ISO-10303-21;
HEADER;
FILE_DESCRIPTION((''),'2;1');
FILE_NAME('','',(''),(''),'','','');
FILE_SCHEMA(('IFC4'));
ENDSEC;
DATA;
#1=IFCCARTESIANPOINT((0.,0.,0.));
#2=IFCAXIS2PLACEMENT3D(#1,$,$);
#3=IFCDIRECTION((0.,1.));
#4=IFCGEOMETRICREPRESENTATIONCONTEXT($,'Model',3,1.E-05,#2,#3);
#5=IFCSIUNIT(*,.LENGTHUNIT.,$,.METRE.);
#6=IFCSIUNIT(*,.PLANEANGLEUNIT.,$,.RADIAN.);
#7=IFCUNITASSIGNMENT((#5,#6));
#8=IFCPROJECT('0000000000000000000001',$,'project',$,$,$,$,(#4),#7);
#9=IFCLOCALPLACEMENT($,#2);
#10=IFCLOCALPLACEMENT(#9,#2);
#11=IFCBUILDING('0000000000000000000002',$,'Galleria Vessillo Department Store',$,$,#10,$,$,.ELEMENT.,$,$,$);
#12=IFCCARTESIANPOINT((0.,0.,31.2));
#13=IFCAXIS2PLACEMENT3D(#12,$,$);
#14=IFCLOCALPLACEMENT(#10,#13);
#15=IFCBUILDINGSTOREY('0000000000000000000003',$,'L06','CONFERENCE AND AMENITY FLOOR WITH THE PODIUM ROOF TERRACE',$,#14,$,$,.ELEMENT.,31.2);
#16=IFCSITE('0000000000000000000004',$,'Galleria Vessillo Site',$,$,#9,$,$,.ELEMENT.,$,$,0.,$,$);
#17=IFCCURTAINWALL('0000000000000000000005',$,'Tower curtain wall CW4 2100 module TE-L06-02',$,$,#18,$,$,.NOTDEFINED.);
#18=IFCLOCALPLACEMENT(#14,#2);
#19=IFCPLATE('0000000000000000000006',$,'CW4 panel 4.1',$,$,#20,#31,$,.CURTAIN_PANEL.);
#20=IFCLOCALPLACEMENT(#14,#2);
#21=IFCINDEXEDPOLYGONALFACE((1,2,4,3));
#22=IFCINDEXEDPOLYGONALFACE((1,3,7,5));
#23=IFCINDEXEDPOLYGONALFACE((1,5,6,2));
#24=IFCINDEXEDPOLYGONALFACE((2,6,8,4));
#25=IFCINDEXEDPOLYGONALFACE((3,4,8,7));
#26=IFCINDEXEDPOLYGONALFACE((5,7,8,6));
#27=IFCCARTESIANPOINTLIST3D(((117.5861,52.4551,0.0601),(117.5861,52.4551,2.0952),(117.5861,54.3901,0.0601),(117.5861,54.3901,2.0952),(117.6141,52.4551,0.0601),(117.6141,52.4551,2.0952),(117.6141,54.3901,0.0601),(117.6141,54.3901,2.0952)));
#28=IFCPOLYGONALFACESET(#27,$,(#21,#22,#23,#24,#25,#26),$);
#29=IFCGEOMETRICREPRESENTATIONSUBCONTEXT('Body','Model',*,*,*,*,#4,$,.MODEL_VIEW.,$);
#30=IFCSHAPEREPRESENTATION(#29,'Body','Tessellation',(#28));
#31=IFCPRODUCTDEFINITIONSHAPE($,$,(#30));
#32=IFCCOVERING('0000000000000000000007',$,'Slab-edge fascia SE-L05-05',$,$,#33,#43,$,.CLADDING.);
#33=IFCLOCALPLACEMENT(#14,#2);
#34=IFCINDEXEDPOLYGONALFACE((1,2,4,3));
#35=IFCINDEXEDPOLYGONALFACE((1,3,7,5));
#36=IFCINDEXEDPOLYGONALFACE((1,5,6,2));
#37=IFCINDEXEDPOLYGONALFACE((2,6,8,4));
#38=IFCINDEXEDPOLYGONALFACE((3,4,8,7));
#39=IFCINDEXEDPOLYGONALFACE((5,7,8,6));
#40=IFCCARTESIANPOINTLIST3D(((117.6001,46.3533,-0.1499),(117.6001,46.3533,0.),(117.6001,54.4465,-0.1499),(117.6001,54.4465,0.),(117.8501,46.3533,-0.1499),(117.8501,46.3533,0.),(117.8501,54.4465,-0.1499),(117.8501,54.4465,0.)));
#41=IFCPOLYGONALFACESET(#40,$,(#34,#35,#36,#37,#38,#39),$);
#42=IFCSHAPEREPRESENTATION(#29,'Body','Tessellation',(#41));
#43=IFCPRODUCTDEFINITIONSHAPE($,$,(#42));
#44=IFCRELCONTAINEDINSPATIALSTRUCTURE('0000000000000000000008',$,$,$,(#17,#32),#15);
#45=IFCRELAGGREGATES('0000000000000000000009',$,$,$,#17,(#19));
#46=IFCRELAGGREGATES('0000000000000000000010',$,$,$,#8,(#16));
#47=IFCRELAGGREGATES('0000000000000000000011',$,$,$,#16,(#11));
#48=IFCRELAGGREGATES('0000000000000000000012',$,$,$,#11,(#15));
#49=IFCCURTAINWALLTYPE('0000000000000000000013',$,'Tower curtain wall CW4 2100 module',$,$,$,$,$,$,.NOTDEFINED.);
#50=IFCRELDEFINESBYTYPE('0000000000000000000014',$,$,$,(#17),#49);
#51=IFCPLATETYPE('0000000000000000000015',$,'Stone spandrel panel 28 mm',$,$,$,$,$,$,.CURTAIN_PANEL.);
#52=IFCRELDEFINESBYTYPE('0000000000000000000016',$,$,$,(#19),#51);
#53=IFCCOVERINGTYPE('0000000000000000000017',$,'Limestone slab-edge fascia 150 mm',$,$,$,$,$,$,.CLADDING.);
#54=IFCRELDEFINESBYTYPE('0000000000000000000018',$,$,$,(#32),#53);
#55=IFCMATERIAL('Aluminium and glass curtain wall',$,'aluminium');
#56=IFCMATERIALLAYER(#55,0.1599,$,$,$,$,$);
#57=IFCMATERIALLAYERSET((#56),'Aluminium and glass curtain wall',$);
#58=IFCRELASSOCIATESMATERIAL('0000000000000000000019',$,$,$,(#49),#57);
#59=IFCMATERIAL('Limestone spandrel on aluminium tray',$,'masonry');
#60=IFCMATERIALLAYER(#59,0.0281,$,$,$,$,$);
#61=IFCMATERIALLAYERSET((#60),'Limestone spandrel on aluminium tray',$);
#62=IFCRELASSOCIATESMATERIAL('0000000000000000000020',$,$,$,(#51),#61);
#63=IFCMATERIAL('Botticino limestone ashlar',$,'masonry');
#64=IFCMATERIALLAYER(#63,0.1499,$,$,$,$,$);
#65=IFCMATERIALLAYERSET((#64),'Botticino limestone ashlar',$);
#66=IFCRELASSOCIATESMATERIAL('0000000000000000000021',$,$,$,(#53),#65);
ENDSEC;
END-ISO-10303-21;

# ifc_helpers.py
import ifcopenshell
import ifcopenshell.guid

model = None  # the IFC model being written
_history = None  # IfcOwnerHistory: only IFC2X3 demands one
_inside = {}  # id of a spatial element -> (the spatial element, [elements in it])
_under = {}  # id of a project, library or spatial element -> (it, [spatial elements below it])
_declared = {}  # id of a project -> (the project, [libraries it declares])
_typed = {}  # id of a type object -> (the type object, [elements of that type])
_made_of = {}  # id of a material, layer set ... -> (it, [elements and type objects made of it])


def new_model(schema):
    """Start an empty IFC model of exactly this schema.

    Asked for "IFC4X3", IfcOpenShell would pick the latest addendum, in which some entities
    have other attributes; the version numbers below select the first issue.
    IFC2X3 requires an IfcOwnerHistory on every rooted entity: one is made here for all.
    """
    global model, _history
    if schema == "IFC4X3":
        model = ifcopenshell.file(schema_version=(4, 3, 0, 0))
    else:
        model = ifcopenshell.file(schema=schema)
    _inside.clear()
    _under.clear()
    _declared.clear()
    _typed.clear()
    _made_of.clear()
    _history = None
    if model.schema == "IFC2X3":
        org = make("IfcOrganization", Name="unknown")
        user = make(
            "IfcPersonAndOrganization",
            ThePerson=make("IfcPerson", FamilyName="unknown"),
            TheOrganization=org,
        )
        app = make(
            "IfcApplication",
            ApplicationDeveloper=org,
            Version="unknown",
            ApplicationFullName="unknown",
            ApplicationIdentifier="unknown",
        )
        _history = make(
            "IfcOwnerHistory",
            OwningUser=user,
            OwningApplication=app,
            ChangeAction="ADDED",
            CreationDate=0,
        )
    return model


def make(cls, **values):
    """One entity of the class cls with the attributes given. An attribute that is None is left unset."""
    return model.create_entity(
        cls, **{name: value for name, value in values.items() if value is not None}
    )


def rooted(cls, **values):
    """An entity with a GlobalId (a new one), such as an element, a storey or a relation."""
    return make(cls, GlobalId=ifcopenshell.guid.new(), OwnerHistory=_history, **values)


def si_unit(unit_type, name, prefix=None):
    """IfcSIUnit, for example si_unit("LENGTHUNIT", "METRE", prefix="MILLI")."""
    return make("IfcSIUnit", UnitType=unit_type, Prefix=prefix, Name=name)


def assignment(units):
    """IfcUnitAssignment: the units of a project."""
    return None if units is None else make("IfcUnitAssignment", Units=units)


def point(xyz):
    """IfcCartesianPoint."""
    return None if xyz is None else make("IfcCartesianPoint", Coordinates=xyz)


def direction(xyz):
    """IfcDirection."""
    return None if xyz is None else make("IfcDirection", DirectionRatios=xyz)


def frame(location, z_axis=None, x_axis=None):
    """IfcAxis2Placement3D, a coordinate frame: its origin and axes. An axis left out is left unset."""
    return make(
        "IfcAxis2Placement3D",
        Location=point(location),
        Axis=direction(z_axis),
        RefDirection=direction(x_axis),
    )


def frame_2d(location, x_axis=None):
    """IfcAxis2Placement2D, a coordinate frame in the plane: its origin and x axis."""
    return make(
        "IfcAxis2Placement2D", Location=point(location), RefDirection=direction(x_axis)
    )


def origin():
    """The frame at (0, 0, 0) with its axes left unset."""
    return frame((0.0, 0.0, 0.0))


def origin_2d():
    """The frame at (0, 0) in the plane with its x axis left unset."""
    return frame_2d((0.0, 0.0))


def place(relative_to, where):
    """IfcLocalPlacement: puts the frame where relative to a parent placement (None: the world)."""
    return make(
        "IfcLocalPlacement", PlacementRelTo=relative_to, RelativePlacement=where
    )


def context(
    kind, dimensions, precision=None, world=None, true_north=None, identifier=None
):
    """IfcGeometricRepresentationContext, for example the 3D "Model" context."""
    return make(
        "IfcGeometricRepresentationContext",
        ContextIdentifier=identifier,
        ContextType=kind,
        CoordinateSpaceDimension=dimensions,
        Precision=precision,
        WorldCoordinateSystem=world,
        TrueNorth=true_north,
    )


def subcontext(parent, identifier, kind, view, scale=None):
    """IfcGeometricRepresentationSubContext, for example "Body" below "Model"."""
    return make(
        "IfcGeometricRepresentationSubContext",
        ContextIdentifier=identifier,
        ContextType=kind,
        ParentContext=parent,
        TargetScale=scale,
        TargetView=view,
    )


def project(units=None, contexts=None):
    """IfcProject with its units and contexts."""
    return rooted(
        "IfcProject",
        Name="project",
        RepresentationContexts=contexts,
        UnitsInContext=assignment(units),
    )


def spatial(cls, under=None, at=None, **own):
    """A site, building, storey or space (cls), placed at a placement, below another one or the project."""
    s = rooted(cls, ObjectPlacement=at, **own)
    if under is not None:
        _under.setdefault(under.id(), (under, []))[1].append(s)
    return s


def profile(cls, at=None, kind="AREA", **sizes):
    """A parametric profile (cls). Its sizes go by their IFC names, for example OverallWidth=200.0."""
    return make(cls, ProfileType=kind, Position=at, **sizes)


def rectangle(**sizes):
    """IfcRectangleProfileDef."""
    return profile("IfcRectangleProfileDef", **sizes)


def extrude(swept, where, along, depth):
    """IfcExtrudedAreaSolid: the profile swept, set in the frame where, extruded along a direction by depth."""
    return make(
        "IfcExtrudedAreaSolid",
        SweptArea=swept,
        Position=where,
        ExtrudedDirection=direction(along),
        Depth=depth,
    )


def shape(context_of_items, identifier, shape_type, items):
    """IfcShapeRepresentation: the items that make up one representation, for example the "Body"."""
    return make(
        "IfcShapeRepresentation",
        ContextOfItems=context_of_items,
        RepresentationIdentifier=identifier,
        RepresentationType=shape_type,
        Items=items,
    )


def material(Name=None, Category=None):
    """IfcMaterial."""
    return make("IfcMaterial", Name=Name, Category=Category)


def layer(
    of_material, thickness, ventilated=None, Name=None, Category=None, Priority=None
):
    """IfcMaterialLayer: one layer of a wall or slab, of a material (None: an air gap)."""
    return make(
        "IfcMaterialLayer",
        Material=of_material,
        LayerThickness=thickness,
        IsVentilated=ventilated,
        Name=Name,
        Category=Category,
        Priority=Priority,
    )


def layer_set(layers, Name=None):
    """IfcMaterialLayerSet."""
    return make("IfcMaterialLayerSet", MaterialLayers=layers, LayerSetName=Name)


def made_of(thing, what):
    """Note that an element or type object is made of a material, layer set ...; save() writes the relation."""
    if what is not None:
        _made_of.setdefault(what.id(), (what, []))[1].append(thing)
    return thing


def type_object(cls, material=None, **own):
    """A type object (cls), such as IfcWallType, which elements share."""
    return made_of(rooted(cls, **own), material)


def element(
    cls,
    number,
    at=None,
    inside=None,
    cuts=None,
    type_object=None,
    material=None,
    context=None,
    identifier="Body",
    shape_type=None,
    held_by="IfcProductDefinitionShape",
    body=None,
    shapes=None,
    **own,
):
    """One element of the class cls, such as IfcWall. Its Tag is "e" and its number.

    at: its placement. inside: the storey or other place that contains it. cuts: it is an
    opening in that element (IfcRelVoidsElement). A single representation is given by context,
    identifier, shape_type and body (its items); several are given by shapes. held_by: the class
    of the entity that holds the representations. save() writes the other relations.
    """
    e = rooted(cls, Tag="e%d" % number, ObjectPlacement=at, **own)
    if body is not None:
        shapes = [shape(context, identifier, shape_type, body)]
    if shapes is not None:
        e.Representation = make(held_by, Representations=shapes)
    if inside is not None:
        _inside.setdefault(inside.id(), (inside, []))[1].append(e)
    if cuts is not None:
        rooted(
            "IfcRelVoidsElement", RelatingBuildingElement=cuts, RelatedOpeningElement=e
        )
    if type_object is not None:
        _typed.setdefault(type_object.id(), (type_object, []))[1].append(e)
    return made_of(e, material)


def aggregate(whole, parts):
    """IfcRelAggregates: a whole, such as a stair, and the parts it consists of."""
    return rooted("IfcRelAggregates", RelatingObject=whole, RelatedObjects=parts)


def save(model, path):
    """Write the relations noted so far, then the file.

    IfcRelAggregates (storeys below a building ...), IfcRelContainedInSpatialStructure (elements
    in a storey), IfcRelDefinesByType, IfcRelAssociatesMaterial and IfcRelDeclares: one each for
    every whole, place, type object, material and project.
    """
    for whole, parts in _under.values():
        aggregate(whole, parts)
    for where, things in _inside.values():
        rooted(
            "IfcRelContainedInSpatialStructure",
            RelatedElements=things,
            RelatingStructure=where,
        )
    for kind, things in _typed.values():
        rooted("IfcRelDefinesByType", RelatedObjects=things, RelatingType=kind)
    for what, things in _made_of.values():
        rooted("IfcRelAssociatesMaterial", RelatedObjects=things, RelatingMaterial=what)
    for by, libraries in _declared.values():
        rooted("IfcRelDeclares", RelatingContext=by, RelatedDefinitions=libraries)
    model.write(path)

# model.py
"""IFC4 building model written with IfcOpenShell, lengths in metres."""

from ifc_helpers import new_model, si_unit, direction, frame, origin, origin_2d, place, context, subcontext, project, spatial, rectangle, extrude, material, layer, layer_set, type_object, element, aggregate, save


model = new_model("IFC4")

# Units and contexts
model_context = context("Model", 3, precision=1e-05, world=origin(), true_north=direction((0.0, 1.0)))
body_context = subcontext(model_context, "Body", "Model", "MODEL_VIEW")
ifc_project = project(units=[si_unit("LENGTHUNIT", "METRE"), si_unit("PLANEANGLEUNIT", "RADIAN")], contexts=[model_context])

# Site, building, storey
site_placement = place(None, origin())
site = spatial("IfcSite", under=ifc_project, at=site_placement, Name="Galleria Vessillo Site", CompositionType="ELEMENT", RefElevation=0.0)
building_placement = place(site_placement, origin())
building = spatial("IfcBuilding", under=site, at=building_placement, Name="Galleria Vessillo Department Store", CompositionType="ELEMENT")
storey_placement = place(building_placement, frame((0.0, 0.0, 31.2)))
storey = spatial("IfcBuildingStorey", under=building, at=storey_placement, Name="L06", Description="CONFERENCE AND AMENITY FLOOR WITH THE PODIUM ROOF TERRACE", CompositionType="ELEMENT", Elevation=31.2)

# Curtain wall
ifc_material_1 = material(Name="Aluminium and glass curtain wall", Category="aluminium")
ifc_layer_1 = layer(ifc_material_1, 0.1599)
ifc_layer_set_1 = layer_set([ifc_layer_1], Name="Aluminium and glass curtain wall")
curtain_wall_type = type_object("IfcCurtainWallType", Name="Tower curtain wall CW4 2100 module", PredefinedType="NOTDEFINED", material=ifc_layer_set_1)
curtain_wall_placement = place(storey_placement, origin())
curtain_wall = element("IfcCurtainWall", 1, at=curtain_wall_placement, inside=storey, type_object=curtain_wall_type, Name="Tower curtain wall CW4 2100 module TE-L06-02", PredefinedType="NOTDEFINED")

# Plate
ifc_material_2 = material(Name="Limestone spandrel on aluminium tray", Category="masonry")
ifc_layer_2 = layer(ifc_material_2, 0.0281)
ifc_layer_set_2 = layer_set([ifc_layer_2], Name="Limestone spandrel on aluminium tray")
plate_type_1 = type_object("IfcPlateType", Name="Stone spandrel panel 28 mm", PredefinedType="CURTAIN_PANEL", material=ifc_layer_set_2)
plate_1_placement = place(storey_placement, frame((117.6001, 53.4226, 0.0601), z_axis=(0.0, 0.0, 1.0), x_axis=(0.0, 1.0, 0.0)))
plate_1 = element("IfcPlate", 2, at=plate_1_placement, type_object=plate_type_1, Name="CW4 panel 4.1", PredefinedType="CURTAIN_PANEL", context=body_context, shape_type="SweptSolid", body=[
    extrude(rectangle(XDim=1.9351, YDim=0.0281, at=origin_2d()), origin(), (0.0, 0.0, 1.0), 2.0352),
])
aggregate(curtain_wall, [plate_1])

# Covering
ifc_material_3 = material(Name="Botticino limestone ashlar", Category="masonry")
ifc_layer_3 = layer(ifc_material_3, 0.1499)
ifc_layer_set_3 = layer_set([ifc_layer_3], Name="Botticino limestone ashlar")
covering_type = type_object("IfcCoveringType", Name="Limestone slab-edge fascia 150 mm", PredefinedType="CLADDING", material=ifc_layer_set_3)
covering_placement = place(storey_placement, frame((117.7251, 50.3999, -0.1499), z_axis=(0.0, 0.0, 1.0), x_axis=(1.0, 0.0, 0.0)))
element("IfcCovering", 3, at=covering_placement, inside=storey, type_object=covering_type, Name="Slab-edge fascia SE-L05-05", PredefinedType="CLADDING", context=body_context, shape_type="SweptSolid", body=[
    extrude(rectangle(XDim=0.25, YDim=8.0933, at=origin_2d()), origin(), (0.0, 0.0, 1.0), 0.1499),
])

save(model, "model.ifc")
